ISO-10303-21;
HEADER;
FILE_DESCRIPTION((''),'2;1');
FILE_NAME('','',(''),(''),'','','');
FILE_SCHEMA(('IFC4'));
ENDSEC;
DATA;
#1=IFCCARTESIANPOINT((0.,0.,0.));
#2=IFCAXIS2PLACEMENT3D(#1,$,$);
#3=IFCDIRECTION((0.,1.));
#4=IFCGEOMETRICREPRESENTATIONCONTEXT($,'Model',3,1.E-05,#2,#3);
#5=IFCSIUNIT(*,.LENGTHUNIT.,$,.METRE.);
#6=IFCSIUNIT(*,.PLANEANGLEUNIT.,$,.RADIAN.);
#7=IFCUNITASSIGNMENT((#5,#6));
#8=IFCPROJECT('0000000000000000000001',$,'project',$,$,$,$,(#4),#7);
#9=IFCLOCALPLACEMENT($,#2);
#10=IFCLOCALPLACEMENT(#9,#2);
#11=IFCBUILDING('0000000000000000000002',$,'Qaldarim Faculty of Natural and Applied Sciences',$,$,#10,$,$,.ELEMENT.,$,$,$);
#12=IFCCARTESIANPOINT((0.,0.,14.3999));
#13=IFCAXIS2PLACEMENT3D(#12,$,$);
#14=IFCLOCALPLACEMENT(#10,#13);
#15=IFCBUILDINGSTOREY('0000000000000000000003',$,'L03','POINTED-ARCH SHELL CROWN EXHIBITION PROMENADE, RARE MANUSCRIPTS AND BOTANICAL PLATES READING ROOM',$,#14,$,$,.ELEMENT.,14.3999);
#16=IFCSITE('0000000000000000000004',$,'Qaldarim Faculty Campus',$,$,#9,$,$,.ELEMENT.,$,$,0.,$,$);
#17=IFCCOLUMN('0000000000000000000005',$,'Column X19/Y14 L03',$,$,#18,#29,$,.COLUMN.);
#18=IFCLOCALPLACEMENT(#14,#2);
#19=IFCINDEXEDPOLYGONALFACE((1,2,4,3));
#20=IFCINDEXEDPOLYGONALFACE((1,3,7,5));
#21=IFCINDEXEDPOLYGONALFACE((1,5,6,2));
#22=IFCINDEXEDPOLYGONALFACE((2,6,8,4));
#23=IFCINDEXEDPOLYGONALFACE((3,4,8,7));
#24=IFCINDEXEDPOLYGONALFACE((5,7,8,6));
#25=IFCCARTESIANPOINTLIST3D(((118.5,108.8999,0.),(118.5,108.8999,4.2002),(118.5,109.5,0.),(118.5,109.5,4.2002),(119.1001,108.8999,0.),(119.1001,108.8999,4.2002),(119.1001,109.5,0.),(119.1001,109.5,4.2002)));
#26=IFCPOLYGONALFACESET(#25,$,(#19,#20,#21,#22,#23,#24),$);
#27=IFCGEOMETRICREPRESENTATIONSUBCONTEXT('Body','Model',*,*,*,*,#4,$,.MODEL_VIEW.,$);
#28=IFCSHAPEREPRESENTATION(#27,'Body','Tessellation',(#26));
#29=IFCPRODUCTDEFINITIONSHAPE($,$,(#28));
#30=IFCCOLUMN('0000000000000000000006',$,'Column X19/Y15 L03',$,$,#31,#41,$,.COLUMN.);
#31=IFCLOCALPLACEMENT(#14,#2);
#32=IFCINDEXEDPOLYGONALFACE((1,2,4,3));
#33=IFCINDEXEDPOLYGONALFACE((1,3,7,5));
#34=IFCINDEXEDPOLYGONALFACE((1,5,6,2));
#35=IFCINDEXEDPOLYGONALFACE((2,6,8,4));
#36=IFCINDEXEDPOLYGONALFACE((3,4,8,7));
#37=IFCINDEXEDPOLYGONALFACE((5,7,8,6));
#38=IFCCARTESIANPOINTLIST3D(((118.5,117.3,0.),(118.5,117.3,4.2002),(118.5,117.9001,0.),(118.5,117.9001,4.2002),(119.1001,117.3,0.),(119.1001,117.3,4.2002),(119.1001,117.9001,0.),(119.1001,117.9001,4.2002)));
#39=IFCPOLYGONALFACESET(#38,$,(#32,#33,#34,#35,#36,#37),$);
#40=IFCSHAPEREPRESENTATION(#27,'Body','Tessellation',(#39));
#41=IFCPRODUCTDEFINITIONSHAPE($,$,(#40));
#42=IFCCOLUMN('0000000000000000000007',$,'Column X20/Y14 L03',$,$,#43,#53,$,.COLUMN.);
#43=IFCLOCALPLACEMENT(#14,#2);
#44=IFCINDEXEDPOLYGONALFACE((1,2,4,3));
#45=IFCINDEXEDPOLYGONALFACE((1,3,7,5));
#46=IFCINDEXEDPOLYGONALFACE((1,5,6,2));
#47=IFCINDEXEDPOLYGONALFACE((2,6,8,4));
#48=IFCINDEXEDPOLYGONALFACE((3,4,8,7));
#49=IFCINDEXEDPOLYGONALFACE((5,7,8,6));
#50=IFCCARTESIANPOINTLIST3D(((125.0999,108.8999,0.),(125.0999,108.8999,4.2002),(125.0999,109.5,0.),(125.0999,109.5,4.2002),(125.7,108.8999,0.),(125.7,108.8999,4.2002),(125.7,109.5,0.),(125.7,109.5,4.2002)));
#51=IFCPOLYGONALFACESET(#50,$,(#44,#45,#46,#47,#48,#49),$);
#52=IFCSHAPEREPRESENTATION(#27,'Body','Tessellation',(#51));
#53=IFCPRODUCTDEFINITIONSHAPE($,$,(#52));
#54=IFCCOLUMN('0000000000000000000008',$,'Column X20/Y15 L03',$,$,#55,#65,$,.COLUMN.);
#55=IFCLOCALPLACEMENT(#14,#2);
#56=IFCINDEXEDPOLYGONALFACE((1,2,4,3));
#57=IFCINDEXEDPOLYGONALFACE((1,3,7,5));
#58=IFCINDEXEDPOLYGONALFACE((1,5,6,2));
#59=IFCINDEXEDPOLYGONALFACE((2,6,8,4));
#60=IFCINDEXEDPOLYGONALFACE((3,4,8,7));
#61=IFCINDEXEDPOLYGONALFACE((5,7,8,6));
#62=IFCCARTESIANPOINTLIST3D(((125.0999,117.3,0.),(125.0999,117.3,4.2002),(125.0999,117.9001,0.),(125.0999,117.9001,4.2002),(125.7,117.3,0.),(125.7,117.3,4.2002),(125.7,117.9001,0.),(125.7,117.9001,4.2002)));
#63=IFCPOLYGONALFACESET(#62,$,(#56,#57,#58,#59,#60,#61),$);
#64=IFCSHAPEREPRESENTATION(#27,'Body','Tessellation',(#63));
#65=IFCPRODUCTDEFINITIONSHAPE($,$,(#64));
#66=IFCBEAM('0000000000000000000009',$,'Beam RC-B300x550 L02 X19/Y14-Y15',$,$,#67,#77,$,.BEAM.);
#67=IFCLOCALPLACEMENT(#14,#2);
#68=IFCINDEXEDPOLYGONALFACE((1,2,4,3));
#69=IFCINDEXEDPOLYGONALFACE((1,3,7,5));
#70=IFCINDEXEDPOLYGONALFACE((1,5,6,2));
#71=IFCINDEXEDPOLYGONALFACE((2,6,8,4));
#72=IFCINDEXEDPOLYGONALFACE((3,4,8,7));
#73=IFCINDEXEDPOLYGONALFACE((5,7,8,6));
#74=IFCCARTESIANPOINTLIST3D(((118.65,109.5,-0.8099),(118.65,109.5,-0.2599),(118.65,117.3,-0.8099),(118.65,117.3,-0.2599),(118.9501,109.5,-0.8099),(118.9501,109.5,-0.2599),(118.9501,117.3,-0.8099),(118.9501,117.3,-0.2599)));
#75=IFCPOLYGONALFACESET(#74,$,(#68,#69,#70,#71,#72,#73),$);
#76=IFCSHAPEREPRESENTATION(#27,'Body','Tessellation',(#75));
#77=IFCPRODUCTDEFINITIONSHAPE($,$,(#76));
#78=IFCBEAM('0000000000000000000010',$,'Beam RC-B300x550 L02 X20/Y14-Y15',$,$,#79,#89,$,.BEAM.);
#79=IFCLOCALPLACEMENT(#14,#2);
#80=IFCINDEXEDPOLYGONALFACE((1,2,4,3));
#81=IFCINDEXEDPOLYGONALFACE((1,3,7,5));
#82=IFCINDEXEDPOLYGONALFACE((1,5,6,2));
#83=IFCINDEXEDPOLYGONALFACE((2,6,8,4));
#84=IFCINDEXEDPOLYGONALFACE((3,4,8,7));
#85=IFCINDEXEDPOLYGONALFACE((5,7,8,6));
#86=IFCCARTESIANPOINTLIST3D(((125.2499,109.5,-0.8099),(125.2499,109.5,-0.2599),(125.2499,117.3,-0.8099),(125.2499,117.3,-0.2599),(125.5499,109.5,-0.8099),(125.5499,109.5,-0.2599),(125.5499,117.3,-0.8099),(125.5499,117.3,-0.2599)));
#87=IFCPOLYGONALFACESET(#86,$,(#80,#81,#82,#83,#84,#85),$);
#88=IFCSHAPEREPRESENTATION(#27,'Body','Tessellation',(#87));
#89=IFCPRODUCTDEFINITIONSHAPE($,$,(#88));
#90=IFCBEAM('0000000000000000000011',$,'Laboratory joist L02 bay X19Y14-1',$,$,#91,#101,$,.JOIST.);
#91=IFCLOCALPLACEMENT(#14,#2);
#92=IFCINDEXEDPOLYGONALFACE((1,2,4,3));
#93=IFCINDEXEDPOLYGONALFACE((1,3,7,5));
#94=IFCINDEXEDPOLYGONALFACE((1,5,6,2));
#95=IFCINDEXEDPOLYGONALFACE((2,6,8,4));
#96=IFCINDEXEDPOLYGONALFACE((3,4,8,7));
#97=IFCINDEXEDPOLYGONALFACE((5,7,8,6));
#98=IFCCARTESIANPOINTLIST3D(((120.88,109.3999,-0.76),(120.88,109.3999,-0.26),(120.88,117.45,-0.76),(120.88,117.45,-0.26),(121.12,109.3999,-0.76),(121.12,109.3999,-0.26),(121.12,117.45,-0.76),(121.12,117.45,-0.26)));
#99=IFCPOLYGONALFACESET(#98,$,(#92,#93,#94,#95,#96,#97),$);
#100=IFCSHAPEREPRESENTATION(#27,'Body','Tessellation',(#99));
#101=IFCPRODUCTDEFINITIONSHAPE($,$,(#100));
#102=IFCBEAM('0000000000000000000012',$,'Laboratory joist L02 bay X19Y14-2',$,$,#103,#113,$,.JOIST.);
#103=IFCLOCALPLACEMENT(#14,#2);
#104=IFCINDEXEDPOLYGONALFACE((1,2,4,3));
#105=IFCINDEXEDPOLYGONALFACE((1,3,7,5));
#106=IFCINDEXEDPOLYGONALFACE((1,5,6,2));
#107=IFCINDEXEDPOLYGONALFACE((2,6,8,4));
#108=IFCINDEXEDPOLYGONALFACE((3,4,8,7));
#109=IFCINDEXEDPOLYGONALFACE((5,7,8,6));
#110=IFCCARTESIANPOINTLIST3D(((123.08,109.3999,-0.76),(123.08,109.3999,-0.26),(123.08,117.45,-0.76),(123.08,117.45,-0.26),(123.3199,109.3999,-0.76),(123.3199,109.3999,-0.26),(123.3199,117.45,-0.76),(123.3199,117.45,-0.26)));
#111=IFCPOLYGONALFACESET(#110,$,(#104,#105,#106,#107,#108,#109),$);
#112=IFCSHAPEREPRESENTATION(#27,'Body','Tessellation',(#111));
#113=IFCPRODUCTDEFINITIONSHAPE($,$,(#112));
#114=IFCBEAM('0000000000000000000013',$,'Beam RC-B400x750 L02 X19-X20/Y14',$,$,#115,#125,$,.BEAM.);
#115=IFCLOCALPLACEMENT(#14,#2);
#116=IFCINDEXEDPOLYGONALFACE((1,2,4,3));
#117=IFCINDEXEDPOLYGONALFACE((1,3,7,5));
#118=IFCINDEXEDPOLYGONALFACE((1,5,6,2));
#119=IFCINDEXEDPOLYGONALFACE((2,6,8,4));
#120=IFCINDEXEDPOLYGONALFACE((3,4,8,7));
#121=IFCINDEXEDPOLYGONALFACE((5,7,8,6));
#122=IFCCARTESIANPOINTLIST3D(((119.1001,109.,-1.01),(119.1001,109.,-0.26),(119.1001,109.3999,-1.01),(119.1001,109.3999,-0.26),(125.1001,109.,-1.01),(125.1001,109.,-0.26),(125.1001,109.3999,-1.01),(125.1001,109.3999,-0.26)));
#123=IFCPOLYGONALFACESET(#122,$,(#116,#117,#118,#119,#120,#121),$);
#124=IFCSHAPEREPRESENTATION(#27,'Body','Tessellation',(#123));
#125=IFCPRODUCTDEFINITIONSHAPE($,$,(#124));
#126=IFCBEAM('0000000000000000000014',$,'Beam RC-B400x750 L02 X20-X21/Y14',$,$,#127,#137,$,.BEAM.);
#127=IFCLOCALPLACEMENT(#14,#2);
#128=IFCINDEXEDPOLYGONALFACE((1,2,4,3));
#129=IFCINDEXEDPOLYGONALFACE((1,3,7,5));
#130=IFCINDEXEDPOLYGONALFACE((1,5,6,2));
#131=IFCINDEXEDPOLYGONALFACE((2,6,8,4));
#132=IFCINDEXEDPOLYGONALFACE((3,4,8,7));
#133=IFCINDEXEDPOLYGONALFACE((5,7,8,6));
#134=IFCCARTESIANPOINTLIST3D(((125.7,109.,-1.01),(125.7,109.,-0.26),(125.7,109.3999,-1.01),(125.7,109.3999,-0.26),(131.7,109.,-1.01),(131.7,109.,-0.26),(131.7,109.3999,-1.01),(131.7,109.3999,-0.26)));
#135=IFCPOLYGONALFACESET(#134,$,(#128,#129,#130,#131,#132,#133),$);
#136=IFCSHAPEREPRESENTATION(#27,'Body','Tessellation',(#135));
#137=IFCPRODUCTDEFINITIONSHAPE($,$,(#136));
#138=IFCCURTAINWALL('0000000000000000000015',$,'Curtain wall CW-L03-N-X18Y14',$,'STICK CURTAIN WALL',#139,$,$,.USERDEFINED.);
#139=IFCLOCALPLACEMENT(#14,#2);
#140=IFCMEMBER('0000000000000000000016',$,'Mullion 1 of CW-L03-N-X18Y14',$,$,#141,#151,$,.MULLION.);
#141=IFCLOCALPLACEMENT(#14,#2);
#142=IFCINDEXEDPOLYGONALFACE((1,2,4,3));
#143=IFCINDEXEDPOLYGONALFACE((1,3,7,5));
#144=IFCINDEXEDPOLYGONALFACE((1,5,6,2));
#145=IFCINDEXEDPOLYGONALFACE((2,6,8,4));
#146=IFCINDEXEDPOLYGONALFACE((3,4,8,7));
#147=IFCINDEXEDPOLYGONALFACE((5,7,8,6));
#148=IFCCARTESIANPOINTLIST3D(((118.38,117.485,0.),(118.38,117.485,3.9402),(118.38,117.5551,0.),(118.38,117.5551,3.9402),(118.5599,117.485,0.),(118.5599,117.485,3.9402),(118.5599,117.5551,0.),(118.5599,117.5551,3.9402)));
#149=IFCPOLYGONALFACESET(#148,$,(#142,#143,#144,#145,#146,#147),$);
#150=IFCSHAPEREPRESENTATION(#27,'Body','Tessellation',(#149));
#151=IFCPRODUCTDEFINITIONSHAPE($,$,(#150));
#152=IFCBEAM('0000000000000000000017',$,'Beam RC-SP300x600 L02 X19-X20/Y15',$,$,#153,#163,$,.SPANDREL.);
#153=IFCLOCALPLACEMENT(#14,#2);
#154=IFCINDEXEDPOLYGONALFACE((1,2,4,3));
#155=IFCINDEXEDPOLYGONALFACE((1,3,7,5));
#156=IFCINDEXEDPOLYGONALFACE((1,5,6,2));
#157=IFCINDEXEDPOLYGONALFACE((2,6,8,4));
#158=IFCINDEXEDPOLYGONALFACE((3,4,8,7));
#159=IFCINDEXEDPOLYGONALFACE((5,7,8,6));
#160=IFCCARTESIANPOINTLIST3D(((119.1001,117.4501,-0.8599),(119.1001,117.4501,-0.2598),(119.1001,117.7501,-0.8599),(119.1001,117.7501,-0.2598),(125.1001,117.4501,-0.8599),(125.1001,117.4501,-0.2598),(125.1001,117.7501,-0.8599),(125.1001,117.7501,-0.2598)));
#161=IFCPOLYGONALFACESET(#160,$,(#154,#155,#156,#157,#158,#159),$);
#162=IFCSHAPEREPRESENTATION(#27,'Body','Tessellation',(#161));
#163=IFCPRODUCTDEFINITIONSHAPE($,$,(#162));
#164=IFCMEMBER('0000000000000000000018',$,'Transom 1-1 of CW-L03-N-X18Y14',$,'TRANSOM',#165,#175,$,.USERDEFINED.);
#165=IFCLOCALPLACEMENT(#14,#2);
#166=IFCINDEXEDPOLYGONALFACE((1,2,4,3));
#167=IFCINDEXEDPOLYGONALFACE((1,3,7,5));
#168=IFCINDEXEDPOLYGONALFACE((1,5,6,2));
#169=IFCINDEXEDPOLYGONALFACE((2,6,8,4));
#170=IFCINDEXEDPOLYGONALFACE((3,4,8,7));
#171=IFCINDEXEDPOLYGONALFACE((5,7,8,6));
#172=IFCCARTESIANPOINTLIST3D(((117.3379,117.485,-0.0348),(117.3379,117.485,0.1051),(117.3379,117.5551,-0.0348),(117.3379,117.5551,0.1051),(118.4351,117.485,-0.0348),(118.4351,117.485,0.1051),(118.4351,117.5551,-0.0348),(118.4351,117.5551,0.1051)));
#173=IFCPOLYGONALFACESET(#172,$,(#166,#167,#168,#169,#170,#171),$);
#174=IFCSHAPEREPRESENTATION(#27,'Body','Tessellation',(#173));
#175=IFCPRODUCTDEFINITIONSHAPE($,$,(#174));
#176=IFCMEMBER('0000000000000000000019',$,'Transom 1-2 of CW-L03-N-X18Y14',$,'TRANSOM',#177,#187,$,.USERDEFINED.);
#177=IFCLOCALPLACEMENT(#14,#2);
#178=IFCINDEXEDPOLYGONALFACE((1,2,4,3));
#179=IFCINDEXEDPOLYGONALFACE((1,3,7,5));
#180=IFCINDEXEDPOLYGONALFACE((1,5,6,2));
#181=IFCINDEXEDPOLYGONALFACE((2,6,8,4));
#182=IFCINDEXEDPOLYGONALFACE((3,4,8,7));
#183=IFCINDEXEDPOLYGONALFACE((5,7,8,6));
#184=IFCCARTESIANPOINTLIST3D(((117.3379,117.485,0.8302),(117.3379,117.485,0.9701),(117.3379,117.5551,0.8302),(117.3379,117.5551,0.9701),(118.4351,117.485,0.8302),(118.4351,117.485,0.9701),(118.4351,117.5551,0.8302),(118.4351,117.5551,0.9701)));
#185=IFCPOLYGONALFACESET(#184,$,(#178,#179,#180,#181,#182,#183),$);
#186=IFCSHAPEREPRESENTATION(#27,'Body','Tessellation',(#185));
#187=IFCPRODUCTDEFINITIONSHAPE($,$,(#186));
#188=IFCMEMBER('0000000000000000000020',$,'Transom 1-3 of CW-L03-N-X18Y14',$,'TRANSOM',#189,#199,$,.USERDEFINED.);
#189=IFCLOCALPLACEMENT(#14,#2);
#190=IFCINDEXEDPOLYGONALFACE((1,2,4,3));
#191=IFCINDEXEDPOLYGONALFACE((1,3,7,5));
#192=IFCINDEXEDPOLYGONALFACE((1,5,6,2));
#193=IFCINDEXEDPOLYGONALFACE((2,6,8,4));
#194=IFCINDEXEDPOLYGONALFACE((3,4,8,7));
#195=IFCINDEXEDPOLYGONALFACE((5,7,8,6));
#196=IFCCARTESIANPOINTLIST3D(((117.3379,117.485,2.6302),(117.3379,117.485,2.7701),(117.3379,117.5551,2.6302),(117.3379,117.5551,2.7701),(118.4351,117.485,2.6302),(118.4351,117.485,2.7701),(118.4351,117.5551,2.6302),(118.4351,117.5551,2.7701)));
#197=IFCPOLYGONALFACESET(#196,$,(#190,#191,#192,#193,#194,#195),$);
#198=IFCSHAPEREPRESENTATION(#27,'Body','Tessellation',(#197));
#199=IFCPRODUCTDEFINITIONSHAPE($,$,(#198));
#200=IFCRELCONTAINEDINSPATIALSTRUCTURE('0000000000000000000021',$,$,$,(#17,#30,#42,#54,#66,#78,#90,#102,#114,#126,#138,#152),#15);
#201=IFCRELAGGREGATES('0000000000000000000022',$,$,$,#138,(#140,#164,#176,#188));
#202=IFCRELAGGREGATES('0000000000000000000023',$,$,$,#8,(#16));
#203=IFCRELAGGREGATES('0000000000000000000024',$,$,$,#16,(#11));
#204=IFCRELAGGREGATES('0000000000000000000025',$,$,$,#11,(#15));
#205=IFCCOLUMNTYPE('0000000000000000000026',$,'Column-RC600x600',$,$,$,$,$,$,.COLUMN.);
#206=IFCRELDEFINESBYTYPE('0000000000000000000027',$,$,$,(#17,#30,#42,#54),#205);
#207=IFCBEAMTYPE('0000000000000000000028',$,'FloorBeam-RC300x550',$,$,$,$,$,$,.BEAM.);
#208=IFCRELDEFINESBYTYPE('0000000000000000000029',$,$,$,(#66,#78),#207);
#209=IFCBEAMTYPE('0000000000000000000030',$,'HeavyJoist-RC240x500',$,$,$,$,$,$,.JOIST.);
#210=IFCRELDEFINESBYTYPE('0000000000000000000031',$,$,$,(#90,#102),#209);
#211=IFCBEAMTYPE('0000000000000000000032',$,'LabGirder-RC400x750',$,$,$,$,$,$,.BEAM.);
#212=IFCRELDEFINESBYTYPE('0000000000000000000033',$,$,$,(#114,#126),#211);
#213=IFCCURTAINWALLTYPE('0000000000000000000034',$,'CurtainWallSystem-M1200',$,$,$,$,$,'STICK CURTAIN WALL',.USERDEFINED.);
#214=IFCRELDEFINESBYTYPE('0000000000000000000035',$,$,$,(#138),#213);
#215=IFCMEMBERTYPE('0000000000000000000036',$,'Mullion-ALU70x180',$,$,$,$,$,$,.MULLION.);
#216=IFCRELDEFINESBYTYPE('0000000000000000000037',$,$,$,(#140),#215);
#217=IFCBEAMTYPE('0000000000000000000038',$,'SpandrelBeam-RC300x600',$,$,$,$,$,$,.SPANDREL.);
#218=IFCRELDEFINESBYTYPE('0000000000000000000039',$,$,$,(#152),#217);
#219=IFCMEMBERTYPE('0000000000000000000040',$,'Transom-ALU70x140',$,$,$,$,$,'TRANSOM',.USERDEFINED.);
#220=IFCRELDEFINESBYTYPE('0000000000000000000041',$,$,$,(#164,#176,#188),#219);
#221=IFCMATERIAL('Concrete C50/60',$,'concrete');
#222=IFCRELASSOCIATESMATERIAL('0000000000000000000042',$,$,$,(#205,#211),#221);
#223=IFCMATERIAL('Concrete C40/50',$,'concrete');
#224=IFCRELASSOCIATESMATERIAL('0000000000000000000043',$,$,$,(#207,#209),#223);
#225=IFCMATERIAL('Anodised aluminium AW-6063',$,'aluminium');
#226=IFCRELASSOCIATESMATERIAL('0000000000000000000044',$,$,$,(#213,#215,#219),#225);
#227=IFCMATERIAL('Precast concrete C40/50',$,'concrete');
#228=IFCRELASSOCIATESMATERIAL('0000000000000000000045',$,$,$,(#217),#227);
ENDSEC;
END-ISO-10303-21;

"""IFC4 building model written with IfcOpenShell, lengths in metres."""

from ifc_helpers import new_model, si_unit, direction, frame, origin, origin_2d, place, context, subcontext, project, spatial, rectangle, extrude, material, material_profile, profile_set, type_object, element, aggregate, save


model = new_model("IFC4")

# Units and contexts
model_context = context("Model", 3, precision=1e-05, world=origin(), true_north=direction((0.0, 1.0)))
body_context = subcontext(model_context, "Body", "Model", "MODEL_VIEW")
ifc_project = project(units=[si_unit("LENGTHUNIT", "METRE"), si_unit("PLANEANGLEUNIT", "RADIAN")], contexts=[model_context])

# Site, building, storey
site_placement = place(None, origin())
site = spatial("IfcSite", under=ifc_project, at=site_placement, Name="Qaldarim Faculty Campus", CompositionType="ELEMENT", RefElevation=0.0)
building_placement = place(site_placement, origin())
building = spatial("IfcBuilding", under=site, at=building_placement, Name="Qaldarim Faculty of Natural and Applied Sciences", CompositionType="ELEMENT")
storey_placement = place(building_placement, frame((0.0, 0.0, 14.3999)))
storey = spatial("IfcBuildingStorey", under=building, at=storey_placement, Name="L03", Description="POINTED-ARCH SHELL CROWN EXHIBITION PROMENADE, RARE MANUSCRIPTS AND BOTANICAL PLATES READING ROOM", CompositionType="ELEMENT", Elevation=14.3999)

# Columns
ifc_material_1 = material(Name="Concrete C50/60", Category="concrete")
ifc_material_profile_1 = material_profile(ifc_material_1, rectangle(XDim=0.6001, YDim=0.6001, at=origin_2d()), Name="RC-C600x600")
ifc_profile_set_1 = profile_set([ifc_material_profile_1], Name="Concrete C50/60")
column_type = type_object("IfcColumnType", Name="Column-RC600x600", PredefinedType="COLUMN", material=ifc_profile_set_1)
for number, where, z_axis, x_axis, name in (
    (1, (118.8, 109.2, 0.0), (0.0, 0.0, 1.0), (1.0, 0.0, 0.0), "Column X19/Y14 L03"),
    (2, (118.8, 117.6001, 0.0), (0.0, 0.0, 1.0), (1.0, 0.0, 0.0), "Column X19/Y15 L03"),
    (3, (125.3999, 109.2, 0.0), (0.0, 0.0, 1.0), (1.0, 0.0, 0.0), "Column X20/Y14 L03"),
    (4, (125.3999, 117.6001, 0.0), (0.0, 0.0, 1.0), (1.0, 0.0, 0.0), "Column X20/Y15 L03"),
):
    element("IfcColumn", number, at=place(storey_placement, frame(where, z_axis=z_axis, x_axis=x_axis)), inside=storey, type_object=column_type, Name=name, PredefinedType="COLUMN", context=body_context, shape_type="SweptSolid", body=[
        extrude(rectangle(XDim=0.6001, YDim=0.6001, at=origin_2d()), origin(), (0.0, 0.0, 1.0), 4.2002),
    ])

# Beams
ifc_material_2 = material(Name="Concrete C40/50", Category="concrete")
ifc_material_profile_2 = material_profile(ifc_material_2, rectangle(XDim=0.3, YDim=0.55, at=origin_2d()), Name="RC-B300x550")
ifc_profile_set_2 = profile_set([ifc_material_profile_2], Name="Concrete C40/50")
beam_type_1 = type_object("IfcBeamType", Name="FloorBeam-RC300x550", PredefinedType="BEAM", material=ifc_profile_set_2)
for number, where, z_axis, x_axis, name in (
    (5, (118.8, 109.5, -0.5349), (0.0, 1.0, 0.0), (-1.0, 0.0, 0.0), "Beam RC-B300x550 L02 X19/Y14-Y15"),
    (6, (125.3999, 109.5, -0.5349), (0.0, 1.0, 0.0), (-1.0, 0.0, 0.0), "Beam RC-B300x550 L02 X20/Y14-Y15"),
):
    element("IfcBeam", number, at=place(storey_placement, frame(where, z_axis=z_axis, x_axis=x_axis)), inside=storey, type_object=beam_type_1, Name=name, PredefinedType="BEAM", context=body_context, shape_type="SweptSolid", body=[
        extrude(rectangle(XDim=0.3, YDim=0.55, at=origin_2d()), origin(), (0.0, 0.0, 1.0), 7.8),
    ])
ifc_material_profile_3 = material_profile(ifc_material_2, rectangle(XDim=0.24, YDim=0.5, at=origin_2d()), Name="RC-J240x500")
ifc_profile_set_3 = profile_set([ifc_material_profile_3], Name="Concrete C40/50")
beam_type_2 = type_object("IfcBeamType", Name="HeavyJoist-RC240x500", PredefinedType="JOIST", material=ifc_profile_set_3)
for number, where, z_axis, x_axis, name in (
    (7, (121.0, 109.3999, -0.51), (0.0, 1.0, 0.0), (-1.0, 0.0, 0.0), "Laboratory joist L02 bay X19Y14-1"),
    (8, (123.2, 109.3999, -0.51), (0.0, 1.0, 0.0), (-1.0, 0.0, 0.0), "Laboratory joist L02 bay X19Y14-2"),
):
    element("IfcBeam", number, at=place(storey_placement, frame(where, z_axis=z_axis, x_axis=x_axis)), inside=storey, type_object=beam_type_2, Name=name, PredefinedType="JOIST", context=body_context, shape_type="SweptSolid", body=[
        extrude(rectangle(XDim=0.24, YDim=0.5, at=origin_2d()), origin(), (0.0, 0.0, 1.0), 8.05),
    ])
ifc_material_profile_4 = material_profile(ifc_material_1, rectangle(XDim=0.3999, YDim=0.75, at=origin_2d()), Name="RC-B400x750")
ifc_profile_set_4 = profile_set([ifc_material_profile_4], Name="Concrete C50/60")
beam_type_3 = type_object("IfcBeamType", Name="LabGirder-RC400x750", PredefinedType="BEAM", material=ifc_profile_set_4)
for number, where, z_axis, x_axis, name in (
    (9, (119.1001, 109.2, -0.635), (1.0, 0.0, 0.0), (0.0, 1.0, 0.0), "Beam RC-B400x750 L02 X19-X20/Y14"),
    (10, (125.7, 109.2, -0.635), (1.0, 0.0, 0.0), (0.0, 1.0, 0.0), "Beam RC-B400x750 L02 X20-X21/Y14"),
):
    element("IfcBeam", number, at=place(storey_placement, frame(where, z_axis=z_axis, x_axis=x_axis)), inside=storey, type_object=beam_type_3, Name=name, PredefinedType="BEAM", context=body_context, shape_type="SweptSolid", body=[
        extrude(rectangle(XDim=0.3999, YDim=0.75, at=origin_2d()), origin(), (0.0, 0.0, 1.0), 6.0),
    ])

# Curtain wall, member
ifc_material_3 = material(Name="Anodised aluminium AW-6063", Category="aluminium")
curtain_wall_type = type_object("IfcCurtainWallType", Name="CurtainWallSystem-M1200", ElementType="STICK CURTAIN WALL", PredefinedType="USERDEFINED", material=ifc_material_3)
curtain_wall_placement = place(storey_placement, origin())
curtain_wall = element("IfcCurtainWall", 11, at=curtain_wall_placement, inside=storey, type_object=curtain_wall_type, Name="Curtain wall CW-L03-N-X18Y14", ObjectType="STICK CURTAIN WALL", PredefinedType="USERDEFINED")
ifc_material_profile_5 = material_profile(ifc_material_3, rectangle(XDim=0.0701, YDim=0.1799, at=origin_2d()), Name="ALU-M70x180")
ifc_profile_set_5 = profile_set([ifc_material_profile_5], Name="Anodised aluminium AW-6063")
member_type_1 = type_object("IfcMemberType", Name="Mullion-ALU70x180", PredefinedType="MULLION", material=ifc_profile_set_5)
member_1_placement = place(storey_placement, frame((118.47, 117.52, 0.0), z_axis=(0.0, 0.0, 1.0), x_axis=(0.0, -1.0, 0.0)))
member_1 = element("IfcMember", 12, at=member_1_placement, type_object=member_type_1, Name="Mullion 1 of CW-L03-N-X18Y14", PredefinedType="MULLION", context=body_context, shape_type="SweptSolid", body=[
    extrude(rectangle(XDim=0.0701, YDim=0.1799, at=origin_2d()), origin(), (0.0, 0.0, 1.0), 3.9402),
])

# Beam
ifc_material_4 = material(Name="Precast concrete C40/50", Category="concrete")
ifc_material_profile_6 = material_profile(ifc_material_4, rectangle(XDim=0.3, YDim=0.6001, at=origin_2d()), Name="RC-SP300x600")
ifc_profile_set_6 = profile_set([ifc_material_profile_6], Name="Precast concrete C40/50")
beam_type_4 = type_object("IfcBeamType", Name="SpandrelBeam-RC300x600", PredefinedType="SPANDREL", material=ifc_profile_set_6)
beam_placement = place(storey_placement, frame((119.1001, 117.6001, -0.5598), z_axis=(1.0, 0.0, 0.0), x_axis=(0.0, 1.0, 0.0)))
element("IfcBeam", 13, at=beam_placement, inside=storey, type_object=beam_type_4, Name="Beam RC-SP300x600 L02 X19-X20/Y15", PredefinedType="SPANDREL", context=body_context, shape_type="SweptSolid", body=[
    extrude(rectangle(XDim=0.3, YDim=0.6001, at=origin_2d()), origin(), (0.0, 0.0, 1.0), 6.0),
])

# Members
ifc_material_profile_7 = material_profile(ifc_material_3, rectangle(XDim=0.0701, YDim=0.1399, at=origin_2d()), Name="ALU-T70x140")
ifc_profile_set_7 = profile_set([ifc_material_profile_7], Name="Anodised aluminium AW-6063")
member_type_2 = type_object("IfcMemberType", Name="Transom-ALU70x140", ElementType="TRANSOM", PredefinedType="USERDEFINED", material=ifc_profile_set_7)
member_2_placement = place(storey_placement, frame((118.4351, 117.52, 0.0352), z_axis=(-1.0, 0.0, 0.0), x_axis=(0.0, -1.0, 0.0)))
member_2 = element("IfcMember", 14, at=member_2_placement, type_object=member_type_2, Name="Transom 1-1 of CW-L03-N-X18Y14", ObjectType="TRANSOM", PredefinedType="USERDEFINED", context=body_context, shape_type="SweptSolid", body=[
    extrude(rectangle(XDim=0.0701, YDim=0.1399, at=origin_2d()), origin(), (0.0, 0.0, 1.0), 1.0972),
])
member_3_placement = place(storey_placement, frame((118.4351, 117.52, 0.9001), z_axis=(-1.0, 0.0, 0.0), x_axis=(0.0, -1.0, 0.0)))
member_3 = element("IfcMember", 15, at=member_3_placement, type_object=member_type_2, Name="Transom 1-2 of CW-L03-N-X18Y14", ObjectType="TRANSOM", PredefinedType="USERDEFINED", context=body_context, shape_type="SweptSolid", body=[
    extrude(rectangle(XDim=0.0701, YDim=0.1399, at=origin_2d()), origin(), (0.0, 0.0, 1.0), 1.0972),
])
member_4_placement = place(storey_placement, frame((118.4351, 117.52, 2.7002), z_axis=(-1.0, 0.0, 0.0), x_axis=(0.0, -1.0, 0.0)))
member_4 = element("IfcMember", 16, at=member_4_placement, type_object=member_type_2, Name="Transom 1-3 of CW-L03-N-X18Y14", ObjectType="TRANSOM", PredefinedType="USERDEFINED", context=body_context, shape_type="SweptSolid", body=[
    extrude(rectangle(XDim=0.0701, YDim=0.1399, at=origin_2d()), origin(), (0.0, 0.0, 1.0), 1.0972),
])

aggregate(curtain_wall, [member_1, member_2, member_3, member_4])

save(model, "model.ifc")
